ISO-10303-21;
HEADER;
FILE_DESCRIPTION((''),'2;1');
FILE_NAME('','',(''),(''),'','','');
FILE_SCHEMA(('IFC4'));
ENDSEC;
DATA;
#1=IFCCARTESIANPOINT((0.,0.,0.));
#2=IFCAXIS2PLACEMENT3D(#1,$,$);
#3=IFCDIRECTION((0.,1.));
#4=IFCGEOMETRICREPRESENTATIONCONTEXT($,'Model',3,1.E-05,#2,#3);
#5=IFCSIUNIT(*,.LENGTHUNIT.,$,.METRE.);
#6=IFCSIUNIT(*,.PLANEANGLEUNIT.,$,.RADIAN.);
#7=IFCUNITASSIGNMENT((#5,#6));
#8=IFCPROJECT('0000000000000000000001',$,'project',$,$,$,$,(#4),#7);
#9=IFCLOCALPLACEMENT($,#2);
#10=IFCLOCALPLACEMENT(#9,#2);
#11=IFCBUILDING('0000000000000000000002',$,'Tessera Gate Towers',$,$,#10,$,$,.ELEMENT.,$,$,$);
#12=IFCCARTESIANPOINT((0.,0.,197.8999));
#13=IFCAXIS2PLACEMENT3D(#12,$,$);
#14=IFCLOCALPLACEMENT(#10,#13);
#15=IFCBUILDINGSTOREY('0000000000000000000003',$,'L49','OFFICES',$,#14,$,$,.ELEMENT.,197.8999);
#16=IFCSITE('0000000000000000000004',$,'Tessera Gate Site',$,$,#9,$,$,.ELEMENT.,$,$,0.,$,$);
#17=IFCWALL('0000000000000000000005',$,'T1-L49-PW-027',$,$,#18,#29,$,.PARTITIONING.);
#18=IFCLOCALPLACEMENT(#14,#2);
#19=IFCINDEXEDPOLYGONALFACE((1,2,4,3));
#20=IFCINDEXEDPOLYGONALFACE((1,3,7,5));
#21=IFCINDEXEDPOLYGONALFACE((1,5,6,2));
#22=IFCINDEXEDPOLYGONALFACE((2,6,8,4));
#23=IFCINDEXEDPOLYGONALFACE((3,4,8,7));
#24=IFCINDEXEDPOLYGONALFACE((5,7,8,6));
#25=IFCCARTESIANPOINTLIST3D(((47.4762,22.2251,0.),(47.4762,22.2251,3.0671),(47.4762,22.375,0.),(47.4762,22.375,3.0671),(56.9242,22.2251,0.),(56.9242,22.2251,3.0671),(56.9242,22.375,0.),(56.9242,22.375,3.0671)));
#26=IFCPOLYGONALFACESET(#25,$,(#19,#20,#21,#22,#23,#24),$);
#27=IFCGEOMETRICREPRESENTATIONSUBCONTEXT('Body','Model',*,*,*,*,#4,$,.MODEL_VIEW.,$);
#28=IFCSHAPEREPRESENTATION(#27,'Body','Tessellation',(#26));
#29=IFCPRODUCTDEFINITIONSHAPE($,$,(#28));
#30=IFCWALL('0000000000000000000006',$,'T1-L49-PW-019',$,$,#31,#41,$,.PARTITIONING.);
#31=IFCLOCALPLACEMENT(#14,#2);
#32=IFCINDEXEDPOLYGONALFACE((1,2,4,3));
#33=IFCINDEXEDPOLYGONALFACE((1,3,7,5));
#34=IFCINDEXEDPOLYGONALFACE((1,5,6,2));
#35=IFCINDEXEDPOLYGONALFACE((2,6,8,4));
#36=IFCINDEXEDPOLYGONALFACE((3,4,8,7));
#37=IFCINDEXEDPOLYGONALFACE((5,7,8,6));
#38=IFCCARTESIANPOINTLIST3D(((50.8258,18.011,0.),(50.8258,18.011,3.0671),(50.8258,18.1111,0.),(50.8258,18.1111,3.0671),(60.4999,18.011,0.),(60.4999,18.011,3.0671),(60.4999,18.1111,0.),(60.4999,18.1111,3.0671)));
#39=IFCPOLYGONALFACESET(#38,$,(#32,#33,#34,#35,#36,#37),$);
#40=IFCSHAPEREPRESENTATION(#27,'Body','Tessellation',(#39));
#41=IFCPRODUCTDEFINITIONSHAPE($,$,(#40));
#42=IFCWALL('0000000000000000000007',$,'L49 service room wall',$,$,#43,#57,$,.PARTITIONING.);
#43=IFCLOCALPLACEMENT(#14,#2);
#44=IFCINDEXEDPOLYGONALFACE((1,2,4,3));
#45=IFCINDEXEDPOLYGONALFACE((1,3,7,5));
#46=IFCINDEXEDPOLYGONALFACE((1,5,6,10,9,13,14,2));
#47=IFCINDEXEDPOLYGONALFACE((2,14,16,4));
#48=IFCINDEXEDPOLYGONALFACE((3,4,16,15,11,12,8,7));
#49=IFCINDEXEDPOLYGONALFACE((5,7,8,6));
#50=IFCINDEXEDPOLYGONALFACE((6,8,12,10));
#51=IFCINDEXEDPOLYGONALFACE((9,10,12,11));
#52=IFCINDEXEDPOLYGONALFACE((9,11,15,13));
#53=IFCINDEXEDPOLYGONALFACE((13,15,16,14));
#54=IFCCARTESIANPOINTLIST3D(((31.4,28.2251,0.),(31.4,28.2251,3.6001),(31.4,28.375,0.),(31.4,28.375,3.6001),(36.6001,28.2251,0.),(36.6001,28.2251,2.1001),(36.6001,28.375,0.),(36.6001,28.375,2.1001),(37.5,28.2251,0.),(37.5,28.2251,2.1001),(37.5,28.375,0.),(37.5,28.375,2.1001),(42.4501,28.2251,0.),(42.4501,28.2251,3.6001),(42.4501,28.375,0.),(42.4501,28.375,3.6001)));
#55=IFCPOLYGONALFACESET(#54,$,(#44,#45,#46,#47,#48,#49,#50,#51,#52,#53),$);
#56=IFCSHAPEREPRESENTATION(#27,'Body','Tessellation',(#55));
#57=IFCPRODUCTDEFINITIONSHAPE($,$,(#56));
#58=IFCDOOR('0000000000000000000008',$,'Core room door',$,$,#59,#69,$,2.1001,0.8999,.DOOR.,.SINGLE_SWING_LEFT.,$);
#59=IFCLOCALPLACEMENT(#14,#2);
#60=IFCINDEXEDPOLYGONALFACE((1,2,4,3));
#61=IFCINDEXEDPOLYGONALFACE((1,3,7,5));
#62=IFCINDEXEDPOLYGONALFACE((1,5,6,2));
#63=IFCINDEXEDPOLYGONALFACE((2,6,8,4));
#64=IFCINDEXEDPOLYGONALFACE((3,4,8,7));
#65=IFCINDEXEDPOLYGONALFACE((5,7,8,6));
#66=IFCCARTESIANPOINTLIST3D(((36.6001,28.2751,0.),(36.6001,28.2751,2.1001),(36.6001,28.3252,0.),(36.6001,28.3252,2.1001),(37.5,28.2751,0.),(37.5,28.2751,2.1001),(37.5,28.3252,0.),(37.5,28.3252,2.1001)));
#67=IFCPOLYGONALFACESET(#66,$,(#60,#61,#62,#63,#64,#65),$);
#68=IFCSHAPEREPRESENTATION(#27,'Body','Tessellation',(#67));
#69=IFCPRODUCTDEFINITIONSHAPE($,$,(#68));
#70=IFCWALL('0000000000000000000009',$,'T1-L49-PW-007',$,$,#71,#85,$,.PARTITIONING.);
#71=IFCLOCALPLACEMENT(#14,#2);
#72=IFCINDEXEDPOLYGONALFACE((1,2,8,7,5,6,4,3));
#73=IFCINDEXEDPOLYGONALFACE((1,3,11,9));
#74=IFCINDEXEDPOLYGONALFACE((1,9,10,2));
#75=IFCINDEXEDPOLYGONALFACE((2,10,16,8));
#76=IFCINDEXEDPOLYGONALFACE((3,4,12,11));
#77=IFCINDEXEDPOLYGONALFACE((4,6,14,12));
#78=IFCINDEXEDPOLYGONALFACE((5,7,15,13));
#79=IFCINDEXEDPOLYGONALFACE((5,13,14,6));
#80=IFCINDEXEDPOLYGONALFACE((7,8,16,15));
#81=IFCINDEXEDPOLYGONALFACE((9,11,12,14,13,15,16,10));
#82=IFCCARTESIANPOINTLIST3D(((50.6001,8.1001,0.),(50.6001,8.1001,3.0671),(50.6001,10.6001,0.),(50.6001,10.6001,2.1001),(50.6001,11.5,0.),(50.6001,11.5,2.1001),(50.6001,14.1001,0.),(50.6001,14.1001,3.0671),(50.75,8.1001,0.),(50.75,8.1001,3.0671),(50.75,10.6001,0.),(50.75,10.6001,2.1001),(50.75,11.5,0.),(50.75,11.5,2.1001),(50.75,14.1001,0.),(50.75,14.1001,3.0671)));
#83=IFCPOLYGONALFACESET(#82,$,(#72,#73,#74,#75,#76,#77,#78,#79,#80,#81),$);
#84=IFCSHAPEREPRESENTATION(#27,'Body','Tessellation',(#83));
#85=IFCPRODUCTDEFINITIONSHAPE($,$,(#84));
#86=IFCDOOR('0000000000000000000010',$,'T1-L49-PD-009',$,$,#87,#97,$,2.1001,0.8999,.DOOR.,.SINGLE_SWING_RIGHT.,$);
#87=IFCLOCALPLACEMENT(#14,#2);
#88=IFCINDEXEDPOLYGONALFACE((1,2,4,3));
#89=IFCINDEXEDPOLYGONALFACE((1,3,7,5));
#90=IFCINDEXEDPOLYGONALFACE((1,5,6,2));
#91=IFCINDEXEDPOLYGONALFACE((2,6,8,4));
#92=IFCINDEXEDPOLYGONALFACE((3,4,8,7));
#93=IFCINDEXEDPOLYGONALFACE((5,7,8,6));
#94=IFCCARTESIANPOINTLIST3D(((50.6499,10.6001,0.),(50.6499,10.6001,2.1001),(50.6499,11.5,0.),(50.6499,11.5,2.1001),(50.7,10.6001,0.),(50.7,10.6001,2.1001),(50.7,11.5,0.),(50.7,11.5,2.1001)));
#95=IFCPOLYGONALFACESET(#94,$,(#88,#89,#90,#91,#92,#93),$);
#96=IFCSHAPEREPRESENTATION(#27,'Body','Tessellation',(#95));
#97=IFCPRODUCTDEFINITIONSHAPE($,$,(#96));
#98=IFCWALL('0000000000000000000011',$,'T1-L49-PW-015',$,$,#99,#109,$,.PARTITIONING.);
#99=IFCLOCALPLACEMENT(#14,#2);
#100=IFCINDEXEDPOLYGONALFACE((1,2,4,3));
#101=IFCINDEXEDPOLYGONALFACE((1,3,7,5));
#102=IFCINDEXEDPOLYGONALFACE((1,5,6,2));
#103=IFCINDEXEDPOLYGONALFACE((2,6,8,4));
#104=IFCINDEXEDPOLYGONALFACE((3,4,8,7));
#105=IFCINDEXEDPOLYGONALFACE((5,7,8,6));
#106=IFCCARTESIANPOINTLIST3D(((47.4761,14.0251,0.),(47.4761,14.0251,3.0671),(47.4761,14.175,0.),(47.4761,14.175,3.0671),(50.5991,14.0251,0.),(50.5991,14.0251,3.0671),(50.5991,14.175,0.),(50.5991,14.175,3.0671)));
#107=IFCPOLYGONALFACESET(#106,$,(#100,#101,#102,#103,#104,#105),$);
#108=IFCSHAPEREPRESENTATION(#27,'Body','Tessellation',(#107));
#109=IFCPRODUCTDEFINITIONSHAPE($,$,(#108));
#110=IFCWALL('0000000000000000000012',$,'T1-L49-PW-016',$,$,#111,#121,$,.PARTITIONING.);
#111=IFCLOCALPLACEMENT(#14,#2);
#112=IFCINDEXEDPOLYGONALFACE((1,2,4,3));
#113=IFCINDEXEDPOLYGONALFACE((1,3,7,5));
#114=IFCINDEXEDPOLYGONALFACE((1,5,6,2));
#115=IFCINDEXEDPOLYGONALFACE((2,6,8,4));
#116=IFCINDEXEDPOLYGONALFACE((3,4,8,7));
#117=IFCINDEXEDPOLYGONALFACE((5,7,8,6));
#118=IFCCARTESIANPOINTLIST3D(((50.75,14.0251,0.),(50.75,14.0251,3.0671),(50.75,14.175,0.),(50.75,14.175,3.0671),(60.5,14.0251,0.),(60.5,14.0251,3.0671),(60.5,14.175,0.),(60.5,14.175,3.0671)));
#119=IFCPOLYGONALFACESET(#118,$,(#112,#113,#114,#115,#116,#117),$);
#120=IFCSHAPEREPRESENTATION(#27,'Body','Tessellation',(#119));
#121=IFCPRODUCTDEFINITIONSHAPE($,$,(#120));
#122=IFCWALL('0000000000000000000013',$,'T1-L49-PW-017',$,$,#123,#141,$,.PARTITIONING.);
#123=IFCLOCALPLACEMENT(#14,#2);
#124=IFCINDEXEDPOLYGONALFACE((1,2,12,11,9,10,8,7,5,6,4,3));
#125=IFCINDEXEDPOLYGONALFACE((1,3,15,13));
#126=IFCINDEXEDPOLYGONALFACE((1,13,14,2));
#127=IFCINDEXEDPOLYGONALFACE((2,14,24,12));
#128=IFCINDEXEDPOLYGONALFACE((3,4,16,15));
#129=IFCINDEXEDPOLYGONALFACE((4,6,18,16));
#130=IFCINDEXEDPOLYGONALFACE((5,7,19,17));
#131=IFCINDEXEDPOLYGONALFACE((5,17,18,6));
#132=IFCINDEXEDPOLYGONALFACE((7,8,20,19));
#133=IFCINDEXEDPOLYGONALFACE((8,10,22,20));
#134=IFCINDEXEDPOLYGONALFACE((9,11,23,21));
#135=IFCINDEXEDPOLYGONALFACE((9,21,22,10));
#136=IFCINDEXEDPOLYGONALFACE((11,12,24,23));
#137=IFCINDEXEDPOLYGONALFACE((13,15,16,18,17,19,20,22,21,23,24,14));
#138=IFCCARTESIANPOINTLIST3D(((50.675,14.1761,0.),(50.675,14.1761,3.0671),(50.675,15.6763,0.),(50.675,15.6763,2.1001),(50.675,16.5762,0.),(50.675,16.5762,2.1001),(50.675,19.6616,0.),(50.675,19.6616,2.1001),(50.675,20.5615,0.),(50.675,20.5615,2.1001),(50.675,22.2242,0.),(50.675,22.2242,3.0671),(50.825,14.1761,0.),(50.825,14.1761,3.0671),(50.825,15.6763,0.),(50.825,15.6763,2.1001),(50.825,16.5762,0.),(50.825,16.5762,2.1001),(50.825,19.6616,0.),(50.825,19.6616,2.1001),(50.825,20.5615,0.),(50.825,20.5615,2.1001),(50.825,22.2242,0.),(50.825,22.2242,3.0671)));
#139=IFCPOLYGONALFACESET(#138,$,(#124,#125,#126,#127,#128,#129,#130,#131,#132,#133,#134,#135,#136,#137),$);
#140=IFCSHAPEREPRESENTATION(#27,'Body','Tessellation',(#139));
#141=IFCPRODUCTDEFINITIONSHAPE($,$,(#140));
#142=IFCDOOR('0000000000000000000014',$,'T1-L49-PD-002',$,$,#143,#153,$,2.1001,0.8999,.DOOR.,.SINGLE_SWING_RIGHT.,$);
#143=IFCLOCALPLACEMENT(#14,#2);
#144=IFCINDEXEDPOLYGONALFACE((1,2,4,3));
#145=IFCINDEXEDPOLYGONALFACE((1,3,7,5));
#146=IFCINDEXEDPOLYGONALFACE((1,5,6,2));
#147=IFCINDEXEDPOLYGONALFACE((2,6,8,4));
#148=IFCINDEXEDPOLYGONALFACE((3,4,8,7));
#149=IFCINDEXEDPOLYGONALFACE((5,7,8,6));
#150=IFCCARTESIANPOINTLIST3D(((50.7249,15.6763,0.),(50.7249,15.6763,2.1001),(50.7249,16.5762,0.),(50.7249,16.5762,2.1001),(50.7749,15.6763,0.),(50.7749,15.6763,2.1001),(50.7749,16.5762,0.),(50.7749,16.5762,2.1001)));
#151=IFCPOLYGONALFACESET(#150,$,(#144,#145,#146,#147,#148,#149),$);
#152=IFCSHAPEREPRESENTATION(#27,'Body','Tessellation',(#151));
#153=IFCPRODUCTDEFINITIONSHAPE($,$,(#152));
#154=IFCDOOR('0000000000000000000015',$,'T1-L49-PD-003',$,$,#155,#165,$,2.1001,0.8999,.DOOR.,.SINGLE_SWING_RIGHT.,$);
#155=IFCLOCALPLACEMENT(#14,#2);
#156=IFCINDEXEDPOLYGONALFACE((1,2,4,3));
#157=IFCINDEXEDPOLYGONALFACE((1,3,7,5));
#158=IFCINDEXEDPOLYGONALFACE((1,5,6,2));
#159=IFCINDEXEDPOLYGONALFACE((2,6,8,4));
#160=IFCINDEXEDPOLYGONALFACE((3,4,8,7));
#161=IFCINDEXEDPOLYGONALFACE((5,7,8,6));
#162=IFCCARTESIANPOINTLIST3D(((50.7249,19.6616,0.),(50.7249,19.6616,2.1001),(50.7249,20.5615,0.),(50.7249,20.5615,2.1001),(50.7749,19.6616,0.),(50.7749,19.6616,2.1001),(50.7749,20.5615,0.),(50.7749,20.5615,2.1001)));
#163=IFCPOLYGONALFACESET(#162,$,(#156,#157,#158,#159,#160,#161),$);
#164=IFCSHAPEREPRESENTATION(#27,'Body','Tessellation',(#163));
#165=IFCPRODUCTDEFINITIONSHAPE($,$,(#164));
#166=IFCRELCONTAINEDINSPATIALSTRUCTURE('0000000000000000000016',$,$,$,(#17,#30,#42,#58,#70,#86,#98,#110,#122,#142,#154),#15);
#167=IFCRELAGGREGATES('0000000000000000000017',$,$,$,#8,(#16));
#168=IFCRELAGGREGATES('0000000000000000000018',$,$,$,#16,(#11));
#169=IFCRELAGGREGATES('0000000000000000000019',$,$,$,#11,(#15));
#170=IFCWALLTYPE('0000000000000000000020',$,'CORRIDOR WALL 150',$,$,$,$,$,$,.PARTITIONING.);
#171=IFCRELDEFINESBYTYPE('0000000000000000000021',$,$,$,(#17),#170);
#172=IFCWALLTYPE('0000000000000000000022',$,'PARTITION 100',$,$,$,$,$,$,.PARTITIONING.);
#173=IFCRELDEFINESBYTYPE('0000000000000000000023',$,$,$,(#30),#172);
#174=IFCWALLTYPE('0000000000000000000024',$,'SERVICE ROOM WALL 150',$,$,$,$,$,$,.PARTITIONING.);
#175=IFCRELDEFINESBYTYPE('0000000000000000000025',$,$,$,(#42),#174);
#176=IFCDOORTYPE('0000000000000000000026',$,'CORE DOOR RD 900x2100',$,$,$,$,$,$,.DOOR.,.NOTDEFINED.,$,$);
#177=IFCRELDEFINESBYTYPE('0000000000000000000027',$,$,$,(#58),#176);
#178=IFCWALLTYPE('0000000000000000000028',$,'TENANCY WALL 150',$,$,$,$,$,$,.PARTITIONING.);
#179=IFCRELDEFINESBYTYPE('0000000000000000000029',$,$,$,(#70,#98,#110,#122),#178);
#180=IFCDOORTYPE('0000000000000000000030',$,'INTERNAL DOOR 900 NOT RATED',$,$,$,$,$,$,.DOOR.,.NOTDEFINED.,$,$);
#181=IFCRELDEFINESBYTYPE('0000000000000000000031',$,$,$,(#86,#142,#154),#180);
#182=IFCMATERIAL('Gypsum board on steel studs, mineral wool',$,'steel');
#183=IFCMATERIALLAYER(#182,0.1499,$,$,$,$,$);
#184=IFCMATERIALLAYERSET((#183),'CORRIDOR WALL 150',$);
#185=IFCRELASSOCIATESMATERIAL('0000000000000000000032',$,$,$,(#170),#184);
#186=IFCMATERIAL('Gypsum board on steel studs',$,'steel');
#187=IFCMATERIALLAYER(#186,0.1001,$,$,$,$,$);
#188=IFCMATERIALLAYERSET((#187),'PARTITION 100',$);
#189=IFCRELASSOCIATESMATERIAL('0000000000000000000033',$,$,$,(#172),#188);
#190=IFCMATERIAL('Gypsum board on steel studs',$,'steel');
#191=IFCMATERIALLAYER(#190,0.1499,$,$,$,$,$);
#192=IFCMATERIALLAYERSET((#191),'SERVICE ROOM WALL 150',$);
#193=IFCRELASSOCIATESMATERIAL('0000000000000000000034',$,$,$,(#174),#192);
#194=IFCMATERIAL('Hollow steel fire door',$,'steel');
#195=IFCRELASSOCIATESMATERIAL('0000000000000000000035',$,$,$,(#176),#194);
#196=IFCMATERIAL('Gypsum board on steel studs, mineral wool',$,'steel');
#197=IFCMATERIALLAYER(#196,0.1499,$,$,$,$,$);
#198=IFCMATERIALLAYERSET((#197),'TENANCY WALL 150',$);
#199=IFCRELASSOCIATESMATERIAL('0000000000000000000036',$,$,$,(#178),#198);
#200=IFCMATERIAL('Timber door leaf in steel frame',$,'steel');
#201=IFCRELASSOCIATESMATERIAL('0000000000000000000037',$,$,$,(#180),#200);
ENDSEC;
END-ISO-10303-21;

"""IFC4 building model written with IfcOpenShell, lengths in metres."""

from ifc_helpers import new_model, si_unit, direction, frame, frame_2d, origin, place, context, subcontext, project, spatial, rectangle, extrude, source, transform, mapped, material, layer, layer_set, type_object, element, fill, save


model = new_model("IFC4")

# Units and contexts
model_context = context("Model", 3, precision=1e-05, world=origin(), true_north=direction((0.0, 1.0)))
body_context = subcontext(model_context, "Body", "Model", "MODEL_VIEW")
ifc_project = project(units=[si_unit("LENGTHUNIT", "METRE"), si_unit("PLANEANGLEUNIT", "RADIAN")], contexts=[model_context])

# Site, building, storey
site_placement = place(None, origin())
site = spatial("IfcSite", under=ifc_project, at=site_placement, Name="Tessera Gate Site", CompositionType="ELEMENT", RefElevation=0.0)
building_placement = place(site_placement, origin())
building = spatial("IfcBuilding", under=site, at=building_placement, Name="Tessera Gate Towers", CompositionType="ELEMENT")
storey_placement = place(building_placement, frame((0.0, 0.0, 197.8999)))
storey = spatial("IfcBuildingStorey", under=building, at=storey_placement, Name="L49", Description="OFFICES", CompositionType="ELEMENT", Elevation=197.8999)

# Shared definitions
ifc_material_1 = material(Name="Gypsum board on steel studs, mineral wool", Category="steel")
ifc_layer_1 = layer(ifc_material_1, 0.1499)
ifc_layer_set_1 = layer_set([ifc_layer_1], Name="CORRIDOR WALL 150")
wall_type_1 = type_object("IfcWallType", Name="CORRIDOR WALL 150", PredefinedType="PARTITIONING", material=ifc_layer_set_1)

# Walls
wall_1_placement = place(storey_placement, frame((47.4761, 22.3, 0.0), z_axis=(0.0, 0.0, 1.0), x_axis=(1.0, 0.0, 0.0)))
element("IfcWall", 1, at=wall_1_placement, inside=storey, type_object=wall_type_1, Name="T1-L49-PW-027", PredefinedType="PARTITIONING", context=body_context, shape_type="SweptSolid", body=[
    extrude(rectangle(XDim=9.448, YDim=0.1499, at=frame_2d((4.7241, 0.0))), origin(), (0.0, 0.0, 1.0), 3.0671),
])
ifc_material_2 = material(Name="Gypsum board on steel studs", Category="steel")
ifc_layer_2 = layer(ifc_material_2, 0.1001)
ifc_layer_set_2 = layer_set([ifc_layer_2], Name="PARTITION 100")
wall_type_2 = type_object("IfcWallType", Name="PARTITION 100", PredefinedType="PARTITIONING", material=ifc_layer_set_2)
wall_2_placement = place(storey_placement, frame((50.8259, 18.061, 0.0), z_axis=(0.0, 0.0, 1.0), x_axis=(1.0, 0.0, 0.0)))
element("IfcWall", 2, at=wall_2_placement, inside=storey, type_object=wall_type_2, Name="T1-L49-PW-019", PredefinedType="PARTITIONING", context=body_context, shape_type="SweptSolid", body=[
    extrude(rectangle(XDim=9.6741, YDim=0.1001, at=frame_2d((4.8369, 0.0))), origin(), (0.0, 0.0, 1.0), 3.0671),
])

# Walls, openings, doors
ifc_material_3 = material(Name="Gypsum board on steel studs", Category="steel")
ifc_layer_3 = layer(ifc_material_3, 0.1499)
ifc_layer_set_3 = layer_set([ifc_layer_3], Name="SERVICE ROOM WALL 150")
wall_type_3 = type_object("IfcWallType", Name="SERVICE ROOM WALL 150", PredefinedType="PARTITIONING", material=ifc_layer_set_3)
wall_3_placement = place(storey_placement, frame((42.45, 28.3, 0.0), z_axis=(0.0, 0.0, 1.0), x_axis=(-1.0, 0.0, 0.0)))
wall_3 = element("IfcWall", 3, at=wall_3_placement, inside=storey, type_object=wall_type_3, Name="L49 service room wall", PredefinedType="PARTITIONING", context=body_context, shape_type="SweptSolid", body=[
    extrude(rectangle(XDim=11.05, YDim=0.1499, at=frame_2d((5.5249, 0.0))), origin(), (0.0, 0.0, 1.0), 3.6001),
])
shared_shape_1 = source(origin(), body_context, "Body", "SweptSolid", [
    extrude(rectangle(XDim=0.8999, YDim=2.1001, at=frame_2d((0.45, 1.05))), frame((0.0, 0.085, 0.0), z_axis=(0.0, -1.0, 0.0), x_axis=(1.0, 0.0, 0.0)), (0.0, 0.0, 1.0), 0.1699),
])
opening_1_placement = place(wall_3_placement, frame((4.95, 0.0, 0.0)))
opening_1 = element("IfcOpeningElement", 4, at=opening_1_placement, cuts=wall_3, PredefinedType="OPENING", context=body_context, shape_type="MappedRepresentation", body=[
    mapped(shared_shape_1, transform((0.0, 0.0, 0.0), scale=1.0)),
])
ifc_material_4 = material(Name="Hollow steel fire door", Category="steel")
door_type_1 = type_object("IfcDoorType", Name="CORE DOOR RD 900x2100", OperationType="NOTDEFINED", PredefinedType="DOOR", material=ifc_material_4)
shared_shape_2 = source(origin(), body_context, "Body", "SweptSolid", [
    extrude(rectangle(XDim=0.8999, YDim=2.1001, at=frame_2d((0.45, 1.05))), frame((0.0, 0.0249, 0.0), z_axis=(0.0, -1.0, 0.0), x_axis=(1.0, 0.0, 0.0)), (0.0, 0.0, 1.0), 0.05),
])
door_1_placement = place(opening_1_placement, origin())
door_1 = element("IfcDoor", 5, at=door_1_placement, inside=storey, type_object=door_type_1, Name="Core room door", OperationType="SINGLE_SWING_LEFT", OverallHeight=2.1001, OverallWidth=0.8999, PredefinedType="DOOR", context=body_context, shape_type="MappedRepresentation", body=[
    mapped(shared_shape_2, transform((0.0, 0.0, 0.0), scale=1.0)),
])
fill(opening_1, door_1)
ifc_material_5 = material(Name="Gypsum board on steel studs, mineral wool", Category="steel")
ifc_layer_4 = layer(ifc_material_5, 0.1499)
ifc_layer_set_4 = layer_set([ifc_layer_4], Name="TENANCY WALL 150")
wall_type_4 = type_object("IfcWallType", Name="TENANCY WALL 150", PredefinedType="PARTITIONING", material=ifc_layer_set_4)
wall_4_placement = place(storey_placement, frame((50.675, 14.1001, 0.0), z_axis=(0.0, 0.0, 1.0), x_axis=(0.0, -1.0, 0.0)))
wall_4 = element("IfcWall", 6, at=wall_4_placement, inside=storey, type_object=wall_type_4, Name="T1-L49-PW-007", PredefinedType="PARTITIONING", context=body_context, shape_type="SweptSolid", body=[
    extrude(rectangle(XDim=6.0, YDim=0.1499, at=frame_2d((3.0, 0.0))), origin(), (0.0, 0.0, 1.0), 3.0671),
])
opening_2_placement = place(wall_4_placement, frame((2.6001, 0.0, 0.0)))
opening_2 = element("IfcOpeningElement", 7, at=opening_2_placement, cuts=wall_4, PredefinedType="OPENING", context=body_context, shape_type="MappedRepresentation", body=[
    mapped(shared_shape_1, transform((0.0, 0.0, 0.0), scale=1.0)),
])
ifc_material_6 = material(Name="Timber door leaf in steel frame", Category="steel")
door_type_2 = type_object("IfcDoorType", Name="INTERNAL DOOR 900 NOT RATED", OperationType="NOTDEFINED", PredefinedType="DOOR", material=ifc_material_6)
door_2_placement = place(opening_2_placement, origin())
door_2 = element("IfcDoor", 8, at=door_2_placement, inside=storey, type_object=door_type_2, Name="T1-L49-PD-009", OperationType="SINGLE_SWING_RIGHT", OverallHeight=2.1001, OverallWidth=0.8999, PredefinedType="DOOR", context=body_context, shape_type="MappedRepresentation", body=[
    mapped(shared_shape_2, transform((0.0, 0.0, 0.0), scale=1.0)),
])
fill(opening_2, door_2)

# Walls
wall_5_placement = place(storey_placement, frame((47.4761, 14.1001, 0.0), z_axis=(0.0, 0.0, 1.0), x_axis=(1.0, 0.0, 0.0)))
element("IfcWall", 9, at=wall_5_placement, inside=storey, type_object=wall_type_4, Name="T1-L49-PW-015", PredefinedType="PARTITIONING", context=body_context, shape_type="SweptSolid", body=[
    extrude(rectangle(XDim=3.123, YDim=0.1499, at=frame_2d((1.5615, 0.0))), origin(), (0.0, 0.0, 1.0), 3.0671),
])
wall_6_placement = place(storey_placement, frame((50.75, 14.1001, 0.0), z_axis=(0.0, 0.0, 1.0), x_axis=(1.0, 0.0, 0.0)))
element("IfcWall", 10, at=wall_6_placement, inside=storey, type_object=wall_type_4, Name="T1-L49-PW-016", PredefinedType="PARTITIONING", context=body_context, shape_type="SweptSolid", body=[
    extrude(rectangle(XDim=9.75, YDim=0.1499, at=frame_2d((4.875, 0.0))), origin(), (0.0, 0.0, 1.0), 3.0671),
])

# Wall, openings, doors
wall_7_placement = place(storey_placement, frame((50.75, 22.2241, 0.0), z_axis=(0.0, 0.0, 1.0), x_axis=(0.0, -1.0, 0.0)))
wall_7 = element("IfcWall", 11, at=wall_7_placement, inside=storey, type_object=wall_type_4, Name="T1-L49-PW-017", PredefinedType="PARTITIONING", context=body_context, shape_type="SweptSolid", body=[
    extrude(rectangle(XDim=8.0481, YDim=0.1499, at=frame_2d((4.0239, 0.0))), origin(), (0.0, 0.0, 1.0), 3.0671),
])
opening_3_placement = place(wall_7_placement, frame((5.6479, 0.0, 0.0)))
opening_3 = element("IfcOpeningElement", 12, at=opening_3_placement, cuts=wall_7, PredefinedType="OPENING", context=body_context, shape_type="MappedRepresentation", body=[
    mapped(shared_shape_1, transform((0.0, 0.0, 0.0), scale=1.0)),
])
opening_4_placement = place(wall_7_placement, frame((1.6626, 0.0, 0.0)))
opening_4 = element("IfcOpeningElement", 13, at=opening_4_placement, cuts=wall_7, PredefinedType="OPENING", context=body_context, shape_type="MappedRepresentation", body=[
    mapped(shared_shape_1, transform((0.0, 0.0, 0.0), scale=1.0)),
])
door_3_placement = place(opening_3_placement, origin())
door_3 = element("IfcDoor", 14, at=door_3_placement, inside=storey, type_object=door_type_2, Name="T1-L49-PD-002", OperationType="SINGLE_SWING_RIGHT", OverallHeight=2.1001, OverallWidth=0.8999, PredefinedType="DOOR", context=body_context, shape_type="MappedRepresentation", body=[
    mapped(shared_shape_2, transform((0.0, 0.0, 0.0), scale=1.0)),
])
fill(opening_3, door_3)
door_4_placement = place(opening_4_placement, origin())
door_4 = element("IfcDoor", 15, at=door_4_placement, inside=storey, type_object=door_type_2, Name="T1-L49-PD-003", OperationType="SINGLE_SWING_RIGHT", OverallHeight=2.1001, OverallWidth=0.8999, PredefinedType="DOOR", context=body_context, shape_type="MappedRepresentation", body=[
    mapped(shared_shape_2, transform((0.0, 0.0, 0.0), scale=1.0)),
])
fill(opening_4, door_4)

save(model, "model.ifc")
